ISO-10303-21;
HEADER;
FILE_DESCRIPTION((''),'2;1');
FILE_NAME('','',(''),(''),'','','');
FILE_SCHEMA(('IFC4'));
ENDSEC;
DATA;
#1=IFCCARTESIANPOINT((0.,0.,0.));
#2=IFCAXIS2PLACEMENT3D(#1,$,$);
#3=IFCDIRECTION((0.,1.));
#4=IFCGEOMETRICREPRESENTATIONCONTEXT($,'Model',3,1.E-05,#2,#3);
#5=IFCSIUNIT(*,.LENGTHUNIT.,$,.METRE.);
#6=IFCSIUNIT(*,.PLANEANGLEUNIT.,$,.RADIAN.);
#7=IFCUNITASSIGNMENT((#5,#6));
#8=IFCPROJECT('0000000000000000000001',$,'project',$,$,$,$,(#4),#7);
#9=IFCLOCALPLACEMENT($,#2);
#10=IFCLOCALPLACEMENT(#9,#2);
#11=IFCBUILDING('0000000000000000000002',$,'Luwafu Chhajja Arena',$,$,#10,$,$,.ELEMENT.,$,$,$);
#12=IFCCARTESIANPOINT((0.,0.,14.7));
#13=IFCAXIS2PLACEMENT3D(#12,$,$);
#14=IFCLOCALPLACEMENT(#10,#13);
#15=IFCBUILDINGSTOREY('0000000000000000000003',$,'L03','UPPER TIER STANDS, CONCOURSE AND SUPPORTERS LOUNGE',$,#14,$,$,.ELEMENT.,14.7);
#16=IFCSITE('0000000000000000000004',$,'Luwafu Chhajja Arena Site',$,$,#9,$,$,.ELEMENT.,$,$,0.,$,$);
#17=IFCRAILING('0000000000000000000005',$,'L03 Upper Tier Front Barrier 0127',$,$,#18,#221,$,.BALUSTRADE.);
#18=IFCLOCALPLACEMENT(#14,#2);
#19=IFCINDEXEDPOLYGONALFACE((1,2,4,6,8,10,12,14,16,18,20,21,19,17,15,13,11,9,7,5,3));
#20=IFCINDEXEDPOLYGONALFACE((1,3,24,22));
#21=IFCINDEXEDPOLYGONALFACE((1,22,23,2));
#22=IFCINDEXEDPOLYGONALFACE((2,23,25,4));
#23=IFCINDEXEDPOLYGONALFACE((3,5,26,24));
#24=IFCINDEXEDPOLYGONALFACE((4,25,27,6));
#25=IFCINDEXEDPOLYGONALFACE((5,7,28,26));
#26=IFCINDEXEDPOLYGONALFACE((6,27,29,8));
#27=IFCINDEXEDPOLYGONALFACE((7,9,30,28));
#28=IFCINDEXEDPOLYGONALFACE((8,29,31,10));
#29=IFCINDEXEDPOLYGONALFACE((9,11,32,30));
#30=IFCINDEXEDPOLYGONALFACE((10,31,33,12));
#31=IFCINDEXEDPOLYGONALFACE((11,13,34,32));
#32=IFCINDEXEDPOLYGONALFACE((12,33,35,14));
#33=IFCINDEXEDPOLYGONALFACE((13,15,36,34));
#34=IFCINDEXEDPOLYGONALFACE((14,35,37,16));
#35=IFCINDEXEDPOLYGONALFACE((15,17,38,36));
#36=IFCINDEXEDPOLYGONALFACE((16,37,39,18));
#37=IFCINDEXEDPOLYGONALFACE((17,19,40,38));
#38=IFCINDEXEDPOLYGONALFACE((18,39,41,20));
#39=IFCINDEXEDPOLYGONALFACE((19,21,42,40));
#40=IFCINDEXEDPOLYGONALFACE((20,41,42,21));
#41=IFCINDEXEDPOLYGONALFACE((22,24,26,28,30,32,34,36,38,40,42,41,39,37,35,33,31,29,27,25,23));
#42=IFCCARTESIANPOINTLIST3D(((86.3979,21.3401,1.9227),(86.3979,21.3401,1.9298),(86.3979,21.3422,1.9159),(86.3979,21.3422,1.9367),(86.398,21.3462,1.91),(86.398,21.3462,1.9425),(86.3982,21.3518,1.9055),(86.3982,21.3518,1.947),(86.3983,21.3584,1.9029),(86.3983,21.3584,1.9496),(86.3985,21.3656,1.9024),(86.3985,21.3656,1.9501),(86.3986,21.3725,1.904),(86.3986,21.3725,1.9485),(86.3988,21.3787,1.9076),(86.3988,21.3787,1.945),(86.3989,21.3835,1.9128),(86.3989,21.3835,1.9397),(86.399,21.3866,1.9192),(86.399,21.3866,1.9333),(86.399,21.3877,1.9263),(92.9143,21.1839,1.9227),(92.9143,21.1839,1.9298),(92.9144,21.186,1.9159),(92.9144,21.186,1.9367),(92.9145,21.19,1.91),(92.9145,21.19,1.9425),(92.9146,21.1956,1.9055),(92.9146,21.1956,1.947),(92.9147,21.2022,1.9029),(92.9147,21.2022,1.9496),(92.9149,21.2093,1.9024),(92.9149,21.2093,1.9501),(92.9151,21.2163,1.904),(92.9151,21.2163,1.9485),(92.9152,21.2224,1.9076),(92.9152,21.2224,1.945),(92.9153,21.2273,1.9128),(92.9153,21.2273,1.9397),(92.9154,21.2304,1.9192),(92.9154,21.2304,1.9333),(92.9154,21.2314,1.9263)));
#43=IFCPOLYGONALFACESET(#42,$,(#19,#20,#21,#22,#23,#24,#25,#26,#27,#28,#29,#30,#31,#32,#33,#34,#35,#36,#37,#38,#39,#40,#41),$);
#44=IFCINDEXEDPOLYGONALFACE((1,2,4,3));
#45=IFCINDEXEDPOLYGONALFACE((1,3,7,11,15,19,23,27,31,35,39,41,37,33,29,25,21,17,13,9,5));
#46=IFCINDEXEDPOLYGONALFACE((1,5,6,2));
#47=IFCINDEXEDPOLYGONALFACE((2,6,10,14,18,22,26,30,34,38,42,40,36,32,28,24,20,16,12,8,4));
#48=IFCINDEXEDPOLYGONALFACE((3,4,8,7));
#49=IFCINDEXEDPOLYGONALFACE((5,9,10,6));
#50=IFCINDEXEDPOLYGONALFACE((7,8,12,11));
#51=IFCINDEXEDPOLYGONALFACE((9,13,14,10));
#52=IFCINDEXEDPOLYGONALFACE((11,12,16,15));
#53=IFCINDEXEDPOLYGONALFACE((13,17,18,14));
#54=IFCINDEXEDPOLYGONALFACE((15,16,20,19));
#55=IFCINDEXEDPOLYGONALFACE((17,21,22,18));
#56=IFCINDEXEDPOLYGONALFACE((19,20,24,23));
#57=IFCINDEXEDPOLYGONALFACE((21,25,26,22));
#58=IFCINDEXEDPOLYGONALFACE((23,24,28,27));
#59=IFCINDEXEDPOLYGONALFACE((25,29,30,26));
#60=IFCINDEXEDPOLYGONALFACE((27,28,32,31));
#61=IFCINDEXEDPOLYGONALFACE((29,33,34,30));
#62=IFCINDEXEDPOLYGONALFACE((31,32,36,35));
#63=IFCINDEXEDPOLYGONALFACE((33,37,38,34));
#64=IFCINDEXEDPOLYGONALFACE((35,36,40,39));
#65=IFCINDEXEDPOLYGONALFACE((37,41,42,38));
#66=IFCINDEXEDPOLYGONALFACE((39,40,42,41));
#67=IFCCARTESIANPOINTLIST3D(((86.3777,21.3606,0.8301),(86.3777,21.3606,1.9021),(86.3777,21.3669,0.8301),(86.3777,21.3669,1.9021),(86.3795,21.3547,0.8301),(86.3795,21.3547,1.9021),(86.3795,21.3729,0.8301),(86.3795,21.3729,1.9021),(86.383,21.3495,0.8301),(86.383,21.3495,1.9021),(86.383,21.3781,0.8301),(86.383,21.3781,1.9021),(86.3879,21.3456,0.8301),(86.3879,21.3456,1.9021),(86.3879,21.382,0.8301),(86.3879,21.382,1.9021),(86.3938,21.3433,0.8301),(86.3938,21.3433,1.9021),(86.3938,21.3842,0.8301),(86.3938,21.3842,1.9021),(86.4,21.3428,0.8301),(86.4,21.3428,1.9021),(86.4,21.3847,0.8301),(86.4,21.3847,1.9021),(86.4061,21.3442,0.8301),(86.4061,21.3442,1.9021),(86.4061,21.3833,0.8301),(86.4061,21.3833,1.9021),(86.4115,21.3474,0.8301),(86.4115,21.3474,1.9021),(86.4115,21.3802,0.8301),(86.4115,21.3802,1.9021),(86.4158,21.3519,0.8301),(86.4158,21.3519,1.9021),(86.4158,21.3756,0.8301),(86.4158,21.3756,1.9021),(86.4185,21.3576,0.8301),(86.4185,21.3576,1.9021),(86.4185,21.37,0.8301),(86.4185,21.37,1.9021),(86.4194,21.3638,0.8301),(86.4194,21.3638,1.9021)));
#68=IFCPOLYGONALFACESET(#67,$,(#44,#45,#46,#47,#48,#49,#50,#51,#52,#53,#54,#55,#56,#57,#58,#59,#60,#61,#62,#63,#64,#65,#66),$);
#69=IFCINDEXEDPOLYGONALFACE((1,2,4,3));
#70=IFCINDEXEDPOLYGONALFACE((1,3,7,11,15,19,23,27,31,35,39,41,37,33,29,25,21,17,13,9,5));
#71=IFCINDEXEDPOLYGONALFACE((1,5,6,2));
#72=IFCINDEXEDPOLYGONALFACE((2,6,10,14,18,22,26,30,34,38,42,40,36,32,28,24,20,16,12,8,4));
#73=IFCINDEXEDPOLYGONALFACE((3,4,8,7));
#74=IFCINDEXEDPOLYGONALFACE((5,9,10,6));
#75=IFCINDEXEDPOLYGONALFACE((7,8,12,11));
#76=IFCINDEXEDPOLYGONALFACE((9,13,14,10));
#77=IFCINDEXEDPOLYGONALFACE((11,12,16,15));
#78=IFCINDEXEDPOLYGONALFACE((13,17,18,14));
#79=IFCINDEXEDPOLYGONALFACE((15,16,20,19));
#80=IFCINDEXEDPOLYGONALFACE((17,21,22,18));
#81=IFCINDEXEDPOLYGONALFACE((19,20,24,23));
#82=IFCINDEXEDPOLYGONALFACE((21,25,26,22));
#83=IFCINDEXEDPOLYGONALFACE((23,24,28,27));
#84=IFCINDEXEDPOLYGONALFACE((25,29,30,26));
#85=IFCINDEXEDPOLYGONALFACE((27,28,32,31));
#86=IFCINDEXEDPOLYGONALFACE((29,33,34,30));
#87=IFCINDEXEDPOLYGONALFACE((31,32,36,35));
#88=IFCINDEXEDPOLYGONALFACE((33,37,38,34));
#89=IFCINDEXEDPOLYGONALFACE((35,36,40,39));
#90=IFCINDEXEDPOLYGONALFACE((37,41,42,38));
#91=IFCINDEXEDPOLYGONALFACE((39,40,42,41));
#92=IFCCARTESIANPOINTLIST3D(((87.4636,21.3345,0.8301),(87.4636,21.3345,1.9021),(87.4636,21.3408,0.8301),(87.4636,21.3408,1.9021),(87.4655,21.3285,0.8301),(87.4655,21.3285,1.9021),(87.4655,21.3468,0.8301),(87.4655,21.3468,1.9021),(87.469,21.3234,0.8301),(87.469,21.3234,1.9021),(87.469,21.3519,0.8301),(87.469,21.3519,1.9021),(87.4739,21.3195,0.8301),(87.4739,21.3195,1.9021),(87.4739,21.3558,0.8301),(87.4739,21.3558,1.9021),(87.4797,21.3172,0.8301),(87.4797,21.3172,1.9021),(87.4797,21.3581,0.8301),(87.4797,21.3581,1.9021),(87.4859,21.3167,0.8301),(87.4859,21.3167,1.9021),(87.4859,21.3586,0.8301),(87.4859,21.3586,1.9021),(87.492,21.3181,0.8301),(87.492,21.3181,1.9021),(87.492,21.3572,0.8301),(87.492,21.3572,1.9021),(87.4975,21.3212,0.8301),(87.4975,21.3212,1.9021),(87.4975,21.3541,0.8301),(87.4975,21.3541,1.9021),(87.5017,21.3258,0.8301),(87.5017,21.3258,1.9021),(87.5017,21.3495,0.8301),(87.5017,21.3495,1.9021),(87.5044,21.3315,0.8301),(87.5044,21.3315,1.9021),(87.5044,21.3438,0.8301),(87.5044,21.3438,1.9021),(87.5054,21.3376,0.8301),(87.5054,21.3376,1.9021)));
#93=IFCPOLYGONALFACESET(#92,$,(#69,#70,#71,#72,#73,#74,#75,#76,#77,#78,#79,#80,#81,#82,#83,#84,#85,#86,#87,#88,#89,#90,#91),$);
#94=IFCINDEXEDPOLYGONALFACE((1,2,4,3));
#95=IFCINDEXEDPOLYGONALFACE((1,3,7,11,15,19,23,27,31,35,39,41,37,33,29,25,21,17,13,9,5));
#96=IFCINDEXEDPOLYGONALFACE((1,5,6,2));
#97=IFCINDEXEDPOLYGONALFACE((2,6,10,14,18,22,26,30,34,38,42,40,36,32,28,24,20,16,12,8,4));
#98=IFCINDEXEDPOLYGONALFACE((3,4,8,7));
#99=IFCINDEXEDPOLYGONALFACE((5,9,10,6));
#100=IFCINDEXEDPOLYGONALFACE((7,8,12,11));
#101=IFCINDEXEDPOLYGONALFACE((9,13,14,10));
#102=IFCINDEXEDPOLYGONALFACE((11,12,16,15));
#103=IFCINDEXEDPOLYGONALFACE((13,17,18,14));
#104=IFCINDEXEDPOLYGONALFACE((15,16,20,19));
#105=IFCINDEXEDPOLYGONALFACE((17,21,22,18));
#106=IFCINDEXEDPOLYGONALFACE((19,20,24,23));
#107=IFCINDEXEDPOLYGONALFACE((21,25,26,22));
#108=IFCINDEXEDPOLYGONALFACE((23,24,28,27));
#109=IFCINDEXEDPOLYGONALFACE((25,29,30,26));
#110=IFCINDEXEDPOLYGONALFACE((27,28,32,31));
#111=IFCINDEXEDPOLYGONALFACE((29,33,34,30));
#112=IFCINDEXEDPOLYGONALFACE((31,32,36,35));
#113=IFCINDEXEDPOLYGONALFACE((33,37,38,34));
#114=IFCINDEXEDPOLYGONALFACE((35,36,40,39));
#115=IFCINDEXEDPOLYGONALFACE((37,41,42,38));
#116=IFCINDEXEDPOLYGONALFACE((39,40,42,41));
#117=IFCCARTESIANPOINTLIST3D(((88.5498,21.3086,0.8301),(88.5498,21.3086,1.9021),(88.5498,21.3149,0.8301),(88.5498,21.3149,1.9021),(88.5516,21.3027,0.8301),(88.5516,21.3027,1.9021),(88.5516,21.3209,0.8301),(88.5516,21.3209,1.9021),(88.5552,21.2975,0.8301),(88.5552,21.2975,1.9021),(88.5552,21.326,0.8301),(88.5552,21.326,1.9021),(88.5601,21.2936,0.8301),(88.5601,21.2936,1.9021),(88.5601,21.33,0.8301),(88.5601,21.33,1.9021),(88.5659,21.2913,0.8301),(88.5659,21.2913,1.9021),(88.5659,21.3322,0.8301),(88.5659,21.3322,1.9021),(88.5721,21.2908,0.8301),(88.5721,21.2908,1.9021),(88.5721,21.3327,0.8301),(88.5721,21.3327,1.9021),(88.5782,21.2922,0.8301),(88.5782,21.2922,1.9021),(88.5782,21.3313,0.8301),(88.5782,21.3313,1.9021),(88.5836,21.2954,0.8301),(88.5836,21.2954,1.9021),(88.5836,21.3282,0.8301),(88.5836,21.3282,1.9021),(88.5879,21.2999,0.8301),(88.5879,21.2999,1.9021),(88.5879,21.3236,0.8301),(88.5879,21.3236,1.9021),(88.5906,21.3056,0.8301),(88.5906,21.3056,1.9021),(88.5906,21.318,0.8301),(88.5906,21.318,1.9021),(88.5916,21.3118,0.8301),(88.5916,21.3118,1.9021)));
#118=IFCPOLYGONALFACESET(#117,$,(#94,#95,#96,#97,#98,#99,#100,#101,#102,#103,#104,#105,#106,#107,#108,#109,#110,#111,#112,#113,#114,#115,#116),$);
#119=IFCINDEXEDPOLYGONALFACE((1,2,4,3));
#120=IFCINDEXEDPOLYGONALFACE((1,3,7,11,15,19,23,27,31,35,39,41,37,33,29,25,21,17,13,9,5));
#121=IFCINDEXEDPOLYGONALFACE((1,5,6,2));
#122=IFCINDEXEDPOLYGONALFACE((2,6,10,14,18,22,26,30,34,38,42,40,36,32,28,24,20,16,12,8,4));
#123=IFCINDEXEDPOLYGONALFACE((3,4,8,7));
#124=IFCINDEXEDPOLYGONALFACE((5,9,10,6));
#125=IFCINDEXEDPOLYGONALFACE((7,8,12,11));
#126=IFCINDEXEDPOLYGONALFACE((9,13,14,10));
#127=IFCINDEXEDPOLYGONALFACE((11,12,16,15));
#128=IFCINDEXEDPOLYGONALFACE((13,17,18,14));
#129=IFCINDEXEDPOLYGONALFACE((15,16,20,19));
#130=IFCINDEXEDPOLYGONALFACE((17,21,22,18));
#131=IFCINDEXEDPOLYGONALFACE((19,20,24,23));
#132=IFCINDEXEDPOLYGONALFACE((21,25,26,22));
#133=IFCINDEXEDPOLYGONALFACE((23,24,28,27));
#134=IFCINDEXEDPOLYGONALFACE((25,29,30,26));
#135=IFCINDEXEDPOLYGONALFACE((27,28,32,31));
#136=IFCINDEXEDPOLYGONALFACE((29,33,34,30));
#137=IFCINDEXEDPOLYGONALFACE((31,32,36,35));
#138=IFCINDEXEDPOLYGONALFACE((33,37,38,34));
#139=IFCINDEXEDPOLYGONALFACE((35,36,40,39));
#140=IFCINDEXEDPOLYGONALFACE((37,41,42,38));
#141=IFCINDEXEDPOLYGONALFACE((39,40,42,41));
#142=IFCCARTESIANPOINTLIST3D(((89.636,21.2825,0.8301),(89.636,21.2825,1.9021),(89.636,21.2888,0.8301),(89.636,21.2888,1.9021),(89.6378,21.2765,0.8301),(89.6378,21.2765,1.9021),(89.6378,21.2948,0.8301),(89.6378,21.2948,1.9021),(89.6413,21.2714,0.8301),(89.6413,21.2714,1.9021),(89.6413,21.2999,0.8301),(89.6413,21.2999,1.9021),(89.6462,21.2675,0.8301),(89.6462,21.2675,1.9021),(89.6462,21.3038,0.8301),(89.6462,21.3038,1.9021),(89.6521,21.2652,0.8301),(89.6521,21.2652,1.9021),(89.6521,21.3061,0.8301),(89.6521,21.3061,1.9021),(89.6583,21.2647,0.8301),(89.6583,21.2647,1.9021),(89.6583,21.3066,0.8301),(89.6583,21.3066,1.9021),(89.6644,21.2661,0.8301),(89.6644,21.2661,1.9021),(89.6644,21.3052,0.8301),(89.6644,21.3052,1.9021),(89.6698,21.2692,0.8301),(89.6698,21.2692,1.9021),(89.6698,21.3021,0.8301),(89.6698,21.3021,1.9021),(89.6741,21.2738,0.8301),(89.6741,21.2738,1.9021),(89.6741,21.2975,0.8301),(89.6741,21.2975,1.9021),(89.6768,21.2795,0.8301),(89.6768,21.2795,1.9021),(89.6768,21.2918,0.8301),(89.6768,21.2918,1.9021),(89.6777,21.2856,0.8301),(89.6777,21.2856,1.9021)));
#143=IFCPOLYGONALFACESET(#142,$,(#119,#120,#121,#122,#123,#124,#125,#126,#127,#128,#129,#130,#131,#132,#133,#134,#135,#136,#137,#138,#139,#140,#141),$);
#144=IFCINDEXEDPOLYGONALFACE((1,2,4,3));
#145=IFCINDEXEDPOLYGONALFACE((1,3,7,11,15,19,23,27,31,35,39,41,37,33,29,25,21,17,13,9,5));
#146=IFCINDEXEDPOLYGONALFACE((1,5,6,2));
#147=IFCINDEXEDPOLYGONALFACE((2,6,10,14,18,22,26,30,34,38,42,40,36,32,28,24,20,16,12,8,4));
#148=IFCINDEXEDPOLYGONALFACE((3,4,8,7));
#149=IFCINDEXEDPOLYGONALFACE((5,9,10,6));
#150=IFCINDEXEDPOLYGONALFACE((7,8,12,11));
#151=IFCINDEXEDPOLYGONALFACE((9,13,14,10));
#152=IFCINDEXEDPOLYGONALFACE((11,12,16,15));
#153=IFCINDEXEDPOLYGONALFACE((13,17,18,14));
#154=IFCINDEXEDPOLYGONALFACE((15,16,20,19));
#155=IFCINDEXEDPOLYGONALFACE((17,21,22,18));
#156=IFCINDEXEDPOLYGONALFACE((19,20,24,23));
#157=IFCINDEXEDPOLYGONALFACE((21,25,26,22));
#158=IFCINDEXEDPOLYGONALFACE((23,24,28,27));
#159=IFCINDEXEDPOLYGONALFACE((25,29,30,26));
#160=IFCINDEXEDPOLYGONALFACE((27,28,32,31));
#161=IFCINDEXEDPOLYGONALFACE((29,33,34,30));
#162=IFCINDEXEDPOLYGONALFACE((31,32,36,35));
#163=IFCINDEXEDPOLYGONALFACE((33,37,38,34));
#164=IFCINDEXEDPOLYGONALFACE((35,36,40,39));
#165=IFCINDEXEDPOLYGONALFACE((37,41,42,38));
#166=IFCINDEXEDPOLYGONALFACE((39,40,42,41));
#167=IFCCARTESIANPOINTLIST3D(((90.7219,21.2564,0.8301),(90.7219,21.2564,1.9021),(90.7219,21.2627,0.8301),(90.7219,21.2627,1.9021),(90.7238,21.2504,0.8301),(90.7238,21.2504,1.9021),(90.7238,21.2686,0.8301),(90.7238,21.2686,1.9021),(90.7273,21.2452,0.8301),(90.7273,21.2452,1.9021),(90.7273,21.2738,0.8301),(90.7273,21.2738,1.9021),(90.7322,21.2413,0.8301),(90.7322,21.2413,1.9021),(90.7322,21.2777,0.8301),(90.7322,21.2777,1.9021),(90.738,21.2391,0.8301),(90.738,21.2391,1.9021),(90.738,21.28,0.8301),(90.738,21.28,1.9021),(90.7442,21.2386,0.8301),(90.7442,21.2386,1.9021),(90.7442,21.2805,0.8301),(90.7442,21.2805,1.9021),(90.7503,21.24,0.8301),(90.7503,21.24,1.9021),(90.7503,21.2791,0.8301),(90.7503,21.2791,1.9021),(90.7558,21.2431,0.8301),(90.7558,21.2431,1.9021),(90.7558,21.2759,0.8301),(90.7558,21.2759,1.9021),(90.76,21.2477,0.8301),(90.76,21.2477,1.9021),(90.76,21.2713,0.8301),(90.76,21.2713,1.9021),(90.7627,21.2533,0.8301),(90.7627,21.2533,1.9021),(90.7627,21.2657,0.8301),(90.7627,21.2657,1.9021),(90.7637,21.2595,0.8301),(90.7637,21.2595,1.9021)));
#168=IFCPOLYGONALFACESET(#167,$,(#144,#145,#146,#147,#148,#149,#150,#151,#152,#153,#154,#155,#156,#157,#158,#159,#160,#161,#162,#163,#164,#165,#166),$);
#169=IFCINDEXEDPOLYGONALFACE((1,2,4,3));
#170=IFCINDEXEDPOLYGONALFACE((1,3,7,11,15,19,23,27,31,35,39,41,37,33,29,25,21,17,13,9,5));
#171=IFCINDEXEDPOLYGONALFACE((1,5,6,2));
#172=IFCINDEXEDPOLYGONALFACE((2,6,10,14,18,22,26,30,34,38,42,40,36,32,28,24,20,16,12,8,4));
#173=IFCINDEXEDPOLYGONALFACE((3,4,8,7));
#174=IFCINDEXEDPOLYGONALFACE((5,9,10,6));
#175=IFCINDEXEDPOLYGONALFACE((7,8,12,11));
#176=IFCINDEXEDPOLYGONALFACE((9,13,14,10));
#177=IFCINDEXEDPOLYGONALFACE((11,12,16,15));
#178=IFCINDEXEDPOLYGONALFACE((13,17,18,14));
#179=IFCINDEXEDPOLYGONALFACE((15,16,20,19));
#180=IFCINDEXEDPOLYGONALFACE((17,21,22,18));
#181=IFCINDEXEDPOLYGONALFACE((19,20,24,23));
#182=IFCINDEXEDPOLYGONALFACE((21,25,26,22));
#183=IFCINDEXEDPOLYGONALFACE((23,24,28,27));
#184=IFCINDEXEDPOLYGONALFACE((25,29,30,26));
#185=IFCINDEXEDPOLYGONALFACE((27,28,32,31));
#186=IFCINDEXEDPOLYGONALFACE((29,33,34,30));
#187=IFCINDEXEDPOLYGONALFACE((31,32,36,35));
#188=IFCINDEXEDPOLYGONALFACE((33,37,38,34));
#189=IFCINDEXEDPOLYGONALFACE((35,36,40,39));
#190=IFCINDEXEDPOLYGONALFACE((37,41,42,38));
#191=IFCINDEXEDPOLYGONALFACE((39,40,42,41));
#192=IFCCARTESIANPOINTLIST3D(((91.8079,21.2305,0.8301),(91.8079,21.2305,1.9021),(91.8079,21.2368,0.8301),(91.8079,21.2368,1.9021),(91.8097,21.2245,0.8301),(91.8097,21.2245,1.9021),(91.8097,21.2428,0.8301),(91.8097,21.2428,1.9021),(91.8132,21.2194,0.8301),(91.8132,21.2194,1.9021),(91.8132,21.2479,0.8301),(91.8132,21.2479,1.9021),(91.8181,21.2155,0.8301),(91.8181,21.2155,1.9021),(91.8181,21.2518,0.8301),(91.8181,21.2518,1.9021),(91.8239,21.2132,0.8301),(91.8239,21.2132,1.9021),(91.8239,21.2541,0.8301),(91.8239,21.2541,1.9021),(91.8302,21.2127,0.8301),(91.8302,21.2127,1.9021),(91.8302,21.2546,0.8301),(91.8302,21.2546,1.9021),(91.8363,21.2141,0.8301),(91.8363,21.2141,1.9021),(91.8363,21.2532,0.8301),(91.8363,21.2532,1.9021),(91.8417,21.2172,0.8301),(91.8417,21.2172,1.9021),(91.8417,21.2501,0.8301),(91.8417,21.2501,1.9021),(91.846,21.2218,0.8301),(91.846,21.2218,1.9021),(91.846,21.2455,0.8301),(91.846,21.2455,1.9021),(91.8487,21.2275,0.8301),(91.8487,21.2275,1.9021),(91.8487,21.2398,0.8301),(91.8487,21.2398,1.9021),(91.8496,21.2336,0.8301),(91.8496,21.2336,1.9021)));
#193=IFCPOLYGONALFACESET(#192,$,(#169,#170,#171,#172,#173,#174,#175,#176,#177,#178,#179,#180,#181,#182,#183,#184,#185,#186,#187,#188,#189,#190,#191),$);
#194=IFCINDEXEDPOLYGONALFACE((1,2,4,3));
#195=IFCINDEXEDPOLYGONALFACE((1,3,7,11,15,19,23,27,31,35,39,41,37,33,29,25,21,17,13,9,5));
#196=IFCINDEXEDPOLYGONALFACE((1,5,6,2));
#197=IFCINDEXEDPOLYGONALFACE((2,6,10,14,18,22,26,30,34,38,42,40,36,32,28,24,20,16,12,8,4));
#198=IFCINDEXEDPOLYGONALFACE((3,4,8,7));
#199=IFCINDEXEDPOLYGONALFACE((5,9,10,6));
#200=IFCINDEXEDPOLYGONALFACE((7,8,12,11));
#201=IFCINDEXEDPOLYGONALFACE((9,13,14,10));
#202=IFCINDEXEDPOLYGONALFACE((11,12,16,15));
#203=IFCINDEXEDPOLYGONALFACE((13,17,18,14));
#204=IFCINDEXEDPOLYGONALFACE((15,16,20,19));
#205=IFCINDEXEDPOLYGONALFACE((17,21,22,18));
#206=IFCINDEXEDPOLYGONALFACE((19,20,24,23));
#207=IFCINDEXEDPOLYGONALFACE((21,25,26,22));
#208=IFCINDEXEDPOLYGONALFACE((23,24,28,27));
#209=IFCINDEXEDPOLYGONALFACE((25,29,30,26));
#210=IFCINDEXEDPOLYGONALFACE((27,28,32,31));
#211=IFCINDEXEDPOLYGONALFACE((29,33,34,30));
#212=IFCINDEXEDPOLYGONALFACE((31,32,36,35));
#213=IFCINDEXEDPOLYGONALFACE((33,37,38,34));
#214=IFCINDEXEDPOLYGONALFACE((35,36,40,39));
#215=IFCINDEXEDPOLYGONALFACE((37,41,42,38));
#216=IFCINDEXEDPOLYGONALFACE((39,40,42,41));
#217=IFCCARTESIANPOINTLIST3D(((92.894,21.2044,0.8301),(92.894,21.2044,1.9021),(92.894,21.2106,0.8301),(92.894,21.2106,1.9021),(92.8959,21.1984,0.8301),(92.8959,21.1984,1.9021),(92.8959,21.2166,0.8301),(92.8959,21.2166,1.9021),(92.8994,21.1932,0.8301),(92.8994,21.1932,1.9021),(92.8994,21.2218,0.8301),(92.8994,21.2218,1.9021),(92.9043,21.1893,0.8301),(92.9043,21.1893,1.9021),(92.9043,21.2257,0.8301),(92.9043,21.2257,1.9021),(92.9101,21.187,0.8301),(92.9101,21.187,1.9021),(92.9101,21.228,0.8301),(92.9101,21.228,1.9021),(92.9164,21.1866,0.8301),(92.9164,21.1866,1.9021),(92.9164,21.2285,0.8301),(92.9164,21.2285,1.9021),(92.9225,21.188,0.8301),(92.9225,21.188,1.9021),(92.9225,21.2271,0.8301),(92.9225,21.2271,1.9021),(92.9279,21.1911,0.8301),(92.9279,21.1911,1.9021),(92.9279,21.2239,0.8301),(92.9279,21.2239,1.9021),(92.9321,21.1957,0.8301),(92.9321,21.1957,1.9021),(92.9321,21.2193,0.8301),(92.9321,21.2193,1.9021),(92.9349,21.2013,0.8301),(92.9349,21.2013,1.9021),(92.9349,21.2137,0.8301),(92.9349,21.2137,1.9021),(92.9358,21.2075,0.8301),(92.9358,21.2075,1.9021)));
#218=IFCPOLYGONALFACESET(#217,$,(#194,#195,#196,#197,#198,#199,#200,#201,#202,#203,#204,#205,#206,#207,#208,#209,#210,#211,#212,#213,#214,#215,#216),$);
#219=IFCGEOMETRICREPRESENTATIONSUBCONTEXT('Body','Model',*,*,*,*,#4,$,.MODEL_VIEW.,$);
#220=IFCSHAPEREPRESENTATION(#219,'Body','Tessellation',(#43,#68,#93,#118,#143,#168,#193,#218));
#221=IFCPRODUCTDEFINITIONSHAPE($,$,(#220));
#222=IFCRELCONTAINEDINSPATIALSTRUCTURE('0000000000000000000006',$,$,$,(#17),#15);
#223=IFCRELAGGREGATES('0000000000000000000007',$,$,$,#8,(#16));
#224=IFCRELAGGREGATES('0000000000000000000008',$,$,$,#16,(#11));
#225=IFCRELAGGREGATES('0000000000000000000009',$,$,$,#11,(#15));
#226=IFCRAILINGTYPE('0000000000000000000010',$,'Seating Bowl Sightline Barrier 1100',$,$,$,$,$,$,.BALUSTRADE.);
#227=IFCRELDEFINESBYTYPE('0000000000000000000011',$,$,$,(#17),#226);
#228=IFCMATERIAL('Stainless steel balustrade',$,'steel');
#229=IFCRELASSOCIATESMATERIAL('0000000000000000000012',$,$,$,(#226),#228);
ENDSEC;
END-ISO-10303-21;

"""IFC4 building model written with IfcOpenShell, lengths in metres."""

from ifc_helpers import new_model, si_unit, direction, frame, origin, origin_2d, place, context, subcontext, project, spatial, circle, extrude, material, type_object, element, save


model = new_model("IFC4")

# Units and contexts
model_context = context("Model", 3, precision=1e-05, world=origin(), true_north=direction((0.0, 1.0)))
body_context = subcontext(model_context, "Body", "Model", "MODEL_VIEW")
ifc_project = project(units=[si_unit("LENGTHUNIT", "METRE"), si_unit("PLANEANGLEUNIT", "RADIAN")], contexts=[model_context])

# Site, building, storey
site_placement = place(None, origin())
site = spatial("IfcSite", under=ifc_project, at=site_placement, Name="Luwafu Chhajja Arena Site", CompositionType="ELEMENT", RefElevation=0.0)
building_placement = place(site_placement, origin())
building = spatial("IfcBuilding", under=site, at=building_placement, Name="Luwafu Chhajja Arena", CompositionType="ELEMENT")
storey_placement = place(building_placement, frame((0.0, 0.0, 14.7)))
storey = spatial("IfcBuildingStorey", under=building, at=storey_placement, Name="L03", Description="UPPER TIER STANDS, CONCOURSE AND SUPPORTERS LOUNGE", CompositionType="ELEMENT", Elevation=14.7)

# Railing
ifc_material_1 = material(Name="Stainless steel balustrade", Category="steel")
railing_type = type_object("IfcRailingType", Name="Seating Bowl Sightline Barrier 1100", PredefinedType="BALUSTRADE", material=ifc_material_1)
railing_1_placement = place(storey_placement, frame((86.3984, 21.3638, 0.8301)))
element("IfcRailing", 1, at=railing_1_placement, inside=storey, type_object=railing_type, Name="L03 Upper Tier Front Barrier 0127", PredefinedType="BALUSTRADE", context=body_context, shape_type="SweptSolid", body=[
    extrude(circle(Radius=0.0239, at=origin_2d()), frame((0.0, 0.0, 1.0962), z_axis=(0.999713, -0.023971, 0.0), x_axis=(0.023971, 0.999713, 0.0)), (0.0, 0.0, 1.0), 6.5183),
    extrude(circle(Radius=0.021, at=origin_2d()), origin(), (0.0, 0.0, 1.0), 1.072),
    extrude(circle(Radius=0.021, at=origin_2d()), frame((1.0859, -0.0261, 0.0)), (0.0, 0.0, 1.0), 1.072),
    extrude(circle(Radius=0.021, at=origin_2d()), frame((2.1721, -0.052, 0.0)), (0.0, 0.0, 1.0), 1.072),
    extrude(circle(Radius=0.021, at=origin_2d()), frame((3.2583, -0.0781, 0.0)), (0.0, 0.0, 1.0), 1.072),
    extrude(circle(Radius=0.021, at=origin_2d()), frame((4.3442, -0.1042, 0.0)), (0.0, 0.0, 1.0), 1.072),
    extrude(circle(Radius=0.021, at=origin_2d()), frame((5.4302, -0.1301, 0.0)), (0.0, 0.0, 1.0), 1.072),
    extrude(circle(Radius=0.021, at=origin_2d()), frame((6.5164, -0.1562, 0.0)), (0.0, 0.0, 1.0), 1.072),
])

save(model, "model.ifc")
